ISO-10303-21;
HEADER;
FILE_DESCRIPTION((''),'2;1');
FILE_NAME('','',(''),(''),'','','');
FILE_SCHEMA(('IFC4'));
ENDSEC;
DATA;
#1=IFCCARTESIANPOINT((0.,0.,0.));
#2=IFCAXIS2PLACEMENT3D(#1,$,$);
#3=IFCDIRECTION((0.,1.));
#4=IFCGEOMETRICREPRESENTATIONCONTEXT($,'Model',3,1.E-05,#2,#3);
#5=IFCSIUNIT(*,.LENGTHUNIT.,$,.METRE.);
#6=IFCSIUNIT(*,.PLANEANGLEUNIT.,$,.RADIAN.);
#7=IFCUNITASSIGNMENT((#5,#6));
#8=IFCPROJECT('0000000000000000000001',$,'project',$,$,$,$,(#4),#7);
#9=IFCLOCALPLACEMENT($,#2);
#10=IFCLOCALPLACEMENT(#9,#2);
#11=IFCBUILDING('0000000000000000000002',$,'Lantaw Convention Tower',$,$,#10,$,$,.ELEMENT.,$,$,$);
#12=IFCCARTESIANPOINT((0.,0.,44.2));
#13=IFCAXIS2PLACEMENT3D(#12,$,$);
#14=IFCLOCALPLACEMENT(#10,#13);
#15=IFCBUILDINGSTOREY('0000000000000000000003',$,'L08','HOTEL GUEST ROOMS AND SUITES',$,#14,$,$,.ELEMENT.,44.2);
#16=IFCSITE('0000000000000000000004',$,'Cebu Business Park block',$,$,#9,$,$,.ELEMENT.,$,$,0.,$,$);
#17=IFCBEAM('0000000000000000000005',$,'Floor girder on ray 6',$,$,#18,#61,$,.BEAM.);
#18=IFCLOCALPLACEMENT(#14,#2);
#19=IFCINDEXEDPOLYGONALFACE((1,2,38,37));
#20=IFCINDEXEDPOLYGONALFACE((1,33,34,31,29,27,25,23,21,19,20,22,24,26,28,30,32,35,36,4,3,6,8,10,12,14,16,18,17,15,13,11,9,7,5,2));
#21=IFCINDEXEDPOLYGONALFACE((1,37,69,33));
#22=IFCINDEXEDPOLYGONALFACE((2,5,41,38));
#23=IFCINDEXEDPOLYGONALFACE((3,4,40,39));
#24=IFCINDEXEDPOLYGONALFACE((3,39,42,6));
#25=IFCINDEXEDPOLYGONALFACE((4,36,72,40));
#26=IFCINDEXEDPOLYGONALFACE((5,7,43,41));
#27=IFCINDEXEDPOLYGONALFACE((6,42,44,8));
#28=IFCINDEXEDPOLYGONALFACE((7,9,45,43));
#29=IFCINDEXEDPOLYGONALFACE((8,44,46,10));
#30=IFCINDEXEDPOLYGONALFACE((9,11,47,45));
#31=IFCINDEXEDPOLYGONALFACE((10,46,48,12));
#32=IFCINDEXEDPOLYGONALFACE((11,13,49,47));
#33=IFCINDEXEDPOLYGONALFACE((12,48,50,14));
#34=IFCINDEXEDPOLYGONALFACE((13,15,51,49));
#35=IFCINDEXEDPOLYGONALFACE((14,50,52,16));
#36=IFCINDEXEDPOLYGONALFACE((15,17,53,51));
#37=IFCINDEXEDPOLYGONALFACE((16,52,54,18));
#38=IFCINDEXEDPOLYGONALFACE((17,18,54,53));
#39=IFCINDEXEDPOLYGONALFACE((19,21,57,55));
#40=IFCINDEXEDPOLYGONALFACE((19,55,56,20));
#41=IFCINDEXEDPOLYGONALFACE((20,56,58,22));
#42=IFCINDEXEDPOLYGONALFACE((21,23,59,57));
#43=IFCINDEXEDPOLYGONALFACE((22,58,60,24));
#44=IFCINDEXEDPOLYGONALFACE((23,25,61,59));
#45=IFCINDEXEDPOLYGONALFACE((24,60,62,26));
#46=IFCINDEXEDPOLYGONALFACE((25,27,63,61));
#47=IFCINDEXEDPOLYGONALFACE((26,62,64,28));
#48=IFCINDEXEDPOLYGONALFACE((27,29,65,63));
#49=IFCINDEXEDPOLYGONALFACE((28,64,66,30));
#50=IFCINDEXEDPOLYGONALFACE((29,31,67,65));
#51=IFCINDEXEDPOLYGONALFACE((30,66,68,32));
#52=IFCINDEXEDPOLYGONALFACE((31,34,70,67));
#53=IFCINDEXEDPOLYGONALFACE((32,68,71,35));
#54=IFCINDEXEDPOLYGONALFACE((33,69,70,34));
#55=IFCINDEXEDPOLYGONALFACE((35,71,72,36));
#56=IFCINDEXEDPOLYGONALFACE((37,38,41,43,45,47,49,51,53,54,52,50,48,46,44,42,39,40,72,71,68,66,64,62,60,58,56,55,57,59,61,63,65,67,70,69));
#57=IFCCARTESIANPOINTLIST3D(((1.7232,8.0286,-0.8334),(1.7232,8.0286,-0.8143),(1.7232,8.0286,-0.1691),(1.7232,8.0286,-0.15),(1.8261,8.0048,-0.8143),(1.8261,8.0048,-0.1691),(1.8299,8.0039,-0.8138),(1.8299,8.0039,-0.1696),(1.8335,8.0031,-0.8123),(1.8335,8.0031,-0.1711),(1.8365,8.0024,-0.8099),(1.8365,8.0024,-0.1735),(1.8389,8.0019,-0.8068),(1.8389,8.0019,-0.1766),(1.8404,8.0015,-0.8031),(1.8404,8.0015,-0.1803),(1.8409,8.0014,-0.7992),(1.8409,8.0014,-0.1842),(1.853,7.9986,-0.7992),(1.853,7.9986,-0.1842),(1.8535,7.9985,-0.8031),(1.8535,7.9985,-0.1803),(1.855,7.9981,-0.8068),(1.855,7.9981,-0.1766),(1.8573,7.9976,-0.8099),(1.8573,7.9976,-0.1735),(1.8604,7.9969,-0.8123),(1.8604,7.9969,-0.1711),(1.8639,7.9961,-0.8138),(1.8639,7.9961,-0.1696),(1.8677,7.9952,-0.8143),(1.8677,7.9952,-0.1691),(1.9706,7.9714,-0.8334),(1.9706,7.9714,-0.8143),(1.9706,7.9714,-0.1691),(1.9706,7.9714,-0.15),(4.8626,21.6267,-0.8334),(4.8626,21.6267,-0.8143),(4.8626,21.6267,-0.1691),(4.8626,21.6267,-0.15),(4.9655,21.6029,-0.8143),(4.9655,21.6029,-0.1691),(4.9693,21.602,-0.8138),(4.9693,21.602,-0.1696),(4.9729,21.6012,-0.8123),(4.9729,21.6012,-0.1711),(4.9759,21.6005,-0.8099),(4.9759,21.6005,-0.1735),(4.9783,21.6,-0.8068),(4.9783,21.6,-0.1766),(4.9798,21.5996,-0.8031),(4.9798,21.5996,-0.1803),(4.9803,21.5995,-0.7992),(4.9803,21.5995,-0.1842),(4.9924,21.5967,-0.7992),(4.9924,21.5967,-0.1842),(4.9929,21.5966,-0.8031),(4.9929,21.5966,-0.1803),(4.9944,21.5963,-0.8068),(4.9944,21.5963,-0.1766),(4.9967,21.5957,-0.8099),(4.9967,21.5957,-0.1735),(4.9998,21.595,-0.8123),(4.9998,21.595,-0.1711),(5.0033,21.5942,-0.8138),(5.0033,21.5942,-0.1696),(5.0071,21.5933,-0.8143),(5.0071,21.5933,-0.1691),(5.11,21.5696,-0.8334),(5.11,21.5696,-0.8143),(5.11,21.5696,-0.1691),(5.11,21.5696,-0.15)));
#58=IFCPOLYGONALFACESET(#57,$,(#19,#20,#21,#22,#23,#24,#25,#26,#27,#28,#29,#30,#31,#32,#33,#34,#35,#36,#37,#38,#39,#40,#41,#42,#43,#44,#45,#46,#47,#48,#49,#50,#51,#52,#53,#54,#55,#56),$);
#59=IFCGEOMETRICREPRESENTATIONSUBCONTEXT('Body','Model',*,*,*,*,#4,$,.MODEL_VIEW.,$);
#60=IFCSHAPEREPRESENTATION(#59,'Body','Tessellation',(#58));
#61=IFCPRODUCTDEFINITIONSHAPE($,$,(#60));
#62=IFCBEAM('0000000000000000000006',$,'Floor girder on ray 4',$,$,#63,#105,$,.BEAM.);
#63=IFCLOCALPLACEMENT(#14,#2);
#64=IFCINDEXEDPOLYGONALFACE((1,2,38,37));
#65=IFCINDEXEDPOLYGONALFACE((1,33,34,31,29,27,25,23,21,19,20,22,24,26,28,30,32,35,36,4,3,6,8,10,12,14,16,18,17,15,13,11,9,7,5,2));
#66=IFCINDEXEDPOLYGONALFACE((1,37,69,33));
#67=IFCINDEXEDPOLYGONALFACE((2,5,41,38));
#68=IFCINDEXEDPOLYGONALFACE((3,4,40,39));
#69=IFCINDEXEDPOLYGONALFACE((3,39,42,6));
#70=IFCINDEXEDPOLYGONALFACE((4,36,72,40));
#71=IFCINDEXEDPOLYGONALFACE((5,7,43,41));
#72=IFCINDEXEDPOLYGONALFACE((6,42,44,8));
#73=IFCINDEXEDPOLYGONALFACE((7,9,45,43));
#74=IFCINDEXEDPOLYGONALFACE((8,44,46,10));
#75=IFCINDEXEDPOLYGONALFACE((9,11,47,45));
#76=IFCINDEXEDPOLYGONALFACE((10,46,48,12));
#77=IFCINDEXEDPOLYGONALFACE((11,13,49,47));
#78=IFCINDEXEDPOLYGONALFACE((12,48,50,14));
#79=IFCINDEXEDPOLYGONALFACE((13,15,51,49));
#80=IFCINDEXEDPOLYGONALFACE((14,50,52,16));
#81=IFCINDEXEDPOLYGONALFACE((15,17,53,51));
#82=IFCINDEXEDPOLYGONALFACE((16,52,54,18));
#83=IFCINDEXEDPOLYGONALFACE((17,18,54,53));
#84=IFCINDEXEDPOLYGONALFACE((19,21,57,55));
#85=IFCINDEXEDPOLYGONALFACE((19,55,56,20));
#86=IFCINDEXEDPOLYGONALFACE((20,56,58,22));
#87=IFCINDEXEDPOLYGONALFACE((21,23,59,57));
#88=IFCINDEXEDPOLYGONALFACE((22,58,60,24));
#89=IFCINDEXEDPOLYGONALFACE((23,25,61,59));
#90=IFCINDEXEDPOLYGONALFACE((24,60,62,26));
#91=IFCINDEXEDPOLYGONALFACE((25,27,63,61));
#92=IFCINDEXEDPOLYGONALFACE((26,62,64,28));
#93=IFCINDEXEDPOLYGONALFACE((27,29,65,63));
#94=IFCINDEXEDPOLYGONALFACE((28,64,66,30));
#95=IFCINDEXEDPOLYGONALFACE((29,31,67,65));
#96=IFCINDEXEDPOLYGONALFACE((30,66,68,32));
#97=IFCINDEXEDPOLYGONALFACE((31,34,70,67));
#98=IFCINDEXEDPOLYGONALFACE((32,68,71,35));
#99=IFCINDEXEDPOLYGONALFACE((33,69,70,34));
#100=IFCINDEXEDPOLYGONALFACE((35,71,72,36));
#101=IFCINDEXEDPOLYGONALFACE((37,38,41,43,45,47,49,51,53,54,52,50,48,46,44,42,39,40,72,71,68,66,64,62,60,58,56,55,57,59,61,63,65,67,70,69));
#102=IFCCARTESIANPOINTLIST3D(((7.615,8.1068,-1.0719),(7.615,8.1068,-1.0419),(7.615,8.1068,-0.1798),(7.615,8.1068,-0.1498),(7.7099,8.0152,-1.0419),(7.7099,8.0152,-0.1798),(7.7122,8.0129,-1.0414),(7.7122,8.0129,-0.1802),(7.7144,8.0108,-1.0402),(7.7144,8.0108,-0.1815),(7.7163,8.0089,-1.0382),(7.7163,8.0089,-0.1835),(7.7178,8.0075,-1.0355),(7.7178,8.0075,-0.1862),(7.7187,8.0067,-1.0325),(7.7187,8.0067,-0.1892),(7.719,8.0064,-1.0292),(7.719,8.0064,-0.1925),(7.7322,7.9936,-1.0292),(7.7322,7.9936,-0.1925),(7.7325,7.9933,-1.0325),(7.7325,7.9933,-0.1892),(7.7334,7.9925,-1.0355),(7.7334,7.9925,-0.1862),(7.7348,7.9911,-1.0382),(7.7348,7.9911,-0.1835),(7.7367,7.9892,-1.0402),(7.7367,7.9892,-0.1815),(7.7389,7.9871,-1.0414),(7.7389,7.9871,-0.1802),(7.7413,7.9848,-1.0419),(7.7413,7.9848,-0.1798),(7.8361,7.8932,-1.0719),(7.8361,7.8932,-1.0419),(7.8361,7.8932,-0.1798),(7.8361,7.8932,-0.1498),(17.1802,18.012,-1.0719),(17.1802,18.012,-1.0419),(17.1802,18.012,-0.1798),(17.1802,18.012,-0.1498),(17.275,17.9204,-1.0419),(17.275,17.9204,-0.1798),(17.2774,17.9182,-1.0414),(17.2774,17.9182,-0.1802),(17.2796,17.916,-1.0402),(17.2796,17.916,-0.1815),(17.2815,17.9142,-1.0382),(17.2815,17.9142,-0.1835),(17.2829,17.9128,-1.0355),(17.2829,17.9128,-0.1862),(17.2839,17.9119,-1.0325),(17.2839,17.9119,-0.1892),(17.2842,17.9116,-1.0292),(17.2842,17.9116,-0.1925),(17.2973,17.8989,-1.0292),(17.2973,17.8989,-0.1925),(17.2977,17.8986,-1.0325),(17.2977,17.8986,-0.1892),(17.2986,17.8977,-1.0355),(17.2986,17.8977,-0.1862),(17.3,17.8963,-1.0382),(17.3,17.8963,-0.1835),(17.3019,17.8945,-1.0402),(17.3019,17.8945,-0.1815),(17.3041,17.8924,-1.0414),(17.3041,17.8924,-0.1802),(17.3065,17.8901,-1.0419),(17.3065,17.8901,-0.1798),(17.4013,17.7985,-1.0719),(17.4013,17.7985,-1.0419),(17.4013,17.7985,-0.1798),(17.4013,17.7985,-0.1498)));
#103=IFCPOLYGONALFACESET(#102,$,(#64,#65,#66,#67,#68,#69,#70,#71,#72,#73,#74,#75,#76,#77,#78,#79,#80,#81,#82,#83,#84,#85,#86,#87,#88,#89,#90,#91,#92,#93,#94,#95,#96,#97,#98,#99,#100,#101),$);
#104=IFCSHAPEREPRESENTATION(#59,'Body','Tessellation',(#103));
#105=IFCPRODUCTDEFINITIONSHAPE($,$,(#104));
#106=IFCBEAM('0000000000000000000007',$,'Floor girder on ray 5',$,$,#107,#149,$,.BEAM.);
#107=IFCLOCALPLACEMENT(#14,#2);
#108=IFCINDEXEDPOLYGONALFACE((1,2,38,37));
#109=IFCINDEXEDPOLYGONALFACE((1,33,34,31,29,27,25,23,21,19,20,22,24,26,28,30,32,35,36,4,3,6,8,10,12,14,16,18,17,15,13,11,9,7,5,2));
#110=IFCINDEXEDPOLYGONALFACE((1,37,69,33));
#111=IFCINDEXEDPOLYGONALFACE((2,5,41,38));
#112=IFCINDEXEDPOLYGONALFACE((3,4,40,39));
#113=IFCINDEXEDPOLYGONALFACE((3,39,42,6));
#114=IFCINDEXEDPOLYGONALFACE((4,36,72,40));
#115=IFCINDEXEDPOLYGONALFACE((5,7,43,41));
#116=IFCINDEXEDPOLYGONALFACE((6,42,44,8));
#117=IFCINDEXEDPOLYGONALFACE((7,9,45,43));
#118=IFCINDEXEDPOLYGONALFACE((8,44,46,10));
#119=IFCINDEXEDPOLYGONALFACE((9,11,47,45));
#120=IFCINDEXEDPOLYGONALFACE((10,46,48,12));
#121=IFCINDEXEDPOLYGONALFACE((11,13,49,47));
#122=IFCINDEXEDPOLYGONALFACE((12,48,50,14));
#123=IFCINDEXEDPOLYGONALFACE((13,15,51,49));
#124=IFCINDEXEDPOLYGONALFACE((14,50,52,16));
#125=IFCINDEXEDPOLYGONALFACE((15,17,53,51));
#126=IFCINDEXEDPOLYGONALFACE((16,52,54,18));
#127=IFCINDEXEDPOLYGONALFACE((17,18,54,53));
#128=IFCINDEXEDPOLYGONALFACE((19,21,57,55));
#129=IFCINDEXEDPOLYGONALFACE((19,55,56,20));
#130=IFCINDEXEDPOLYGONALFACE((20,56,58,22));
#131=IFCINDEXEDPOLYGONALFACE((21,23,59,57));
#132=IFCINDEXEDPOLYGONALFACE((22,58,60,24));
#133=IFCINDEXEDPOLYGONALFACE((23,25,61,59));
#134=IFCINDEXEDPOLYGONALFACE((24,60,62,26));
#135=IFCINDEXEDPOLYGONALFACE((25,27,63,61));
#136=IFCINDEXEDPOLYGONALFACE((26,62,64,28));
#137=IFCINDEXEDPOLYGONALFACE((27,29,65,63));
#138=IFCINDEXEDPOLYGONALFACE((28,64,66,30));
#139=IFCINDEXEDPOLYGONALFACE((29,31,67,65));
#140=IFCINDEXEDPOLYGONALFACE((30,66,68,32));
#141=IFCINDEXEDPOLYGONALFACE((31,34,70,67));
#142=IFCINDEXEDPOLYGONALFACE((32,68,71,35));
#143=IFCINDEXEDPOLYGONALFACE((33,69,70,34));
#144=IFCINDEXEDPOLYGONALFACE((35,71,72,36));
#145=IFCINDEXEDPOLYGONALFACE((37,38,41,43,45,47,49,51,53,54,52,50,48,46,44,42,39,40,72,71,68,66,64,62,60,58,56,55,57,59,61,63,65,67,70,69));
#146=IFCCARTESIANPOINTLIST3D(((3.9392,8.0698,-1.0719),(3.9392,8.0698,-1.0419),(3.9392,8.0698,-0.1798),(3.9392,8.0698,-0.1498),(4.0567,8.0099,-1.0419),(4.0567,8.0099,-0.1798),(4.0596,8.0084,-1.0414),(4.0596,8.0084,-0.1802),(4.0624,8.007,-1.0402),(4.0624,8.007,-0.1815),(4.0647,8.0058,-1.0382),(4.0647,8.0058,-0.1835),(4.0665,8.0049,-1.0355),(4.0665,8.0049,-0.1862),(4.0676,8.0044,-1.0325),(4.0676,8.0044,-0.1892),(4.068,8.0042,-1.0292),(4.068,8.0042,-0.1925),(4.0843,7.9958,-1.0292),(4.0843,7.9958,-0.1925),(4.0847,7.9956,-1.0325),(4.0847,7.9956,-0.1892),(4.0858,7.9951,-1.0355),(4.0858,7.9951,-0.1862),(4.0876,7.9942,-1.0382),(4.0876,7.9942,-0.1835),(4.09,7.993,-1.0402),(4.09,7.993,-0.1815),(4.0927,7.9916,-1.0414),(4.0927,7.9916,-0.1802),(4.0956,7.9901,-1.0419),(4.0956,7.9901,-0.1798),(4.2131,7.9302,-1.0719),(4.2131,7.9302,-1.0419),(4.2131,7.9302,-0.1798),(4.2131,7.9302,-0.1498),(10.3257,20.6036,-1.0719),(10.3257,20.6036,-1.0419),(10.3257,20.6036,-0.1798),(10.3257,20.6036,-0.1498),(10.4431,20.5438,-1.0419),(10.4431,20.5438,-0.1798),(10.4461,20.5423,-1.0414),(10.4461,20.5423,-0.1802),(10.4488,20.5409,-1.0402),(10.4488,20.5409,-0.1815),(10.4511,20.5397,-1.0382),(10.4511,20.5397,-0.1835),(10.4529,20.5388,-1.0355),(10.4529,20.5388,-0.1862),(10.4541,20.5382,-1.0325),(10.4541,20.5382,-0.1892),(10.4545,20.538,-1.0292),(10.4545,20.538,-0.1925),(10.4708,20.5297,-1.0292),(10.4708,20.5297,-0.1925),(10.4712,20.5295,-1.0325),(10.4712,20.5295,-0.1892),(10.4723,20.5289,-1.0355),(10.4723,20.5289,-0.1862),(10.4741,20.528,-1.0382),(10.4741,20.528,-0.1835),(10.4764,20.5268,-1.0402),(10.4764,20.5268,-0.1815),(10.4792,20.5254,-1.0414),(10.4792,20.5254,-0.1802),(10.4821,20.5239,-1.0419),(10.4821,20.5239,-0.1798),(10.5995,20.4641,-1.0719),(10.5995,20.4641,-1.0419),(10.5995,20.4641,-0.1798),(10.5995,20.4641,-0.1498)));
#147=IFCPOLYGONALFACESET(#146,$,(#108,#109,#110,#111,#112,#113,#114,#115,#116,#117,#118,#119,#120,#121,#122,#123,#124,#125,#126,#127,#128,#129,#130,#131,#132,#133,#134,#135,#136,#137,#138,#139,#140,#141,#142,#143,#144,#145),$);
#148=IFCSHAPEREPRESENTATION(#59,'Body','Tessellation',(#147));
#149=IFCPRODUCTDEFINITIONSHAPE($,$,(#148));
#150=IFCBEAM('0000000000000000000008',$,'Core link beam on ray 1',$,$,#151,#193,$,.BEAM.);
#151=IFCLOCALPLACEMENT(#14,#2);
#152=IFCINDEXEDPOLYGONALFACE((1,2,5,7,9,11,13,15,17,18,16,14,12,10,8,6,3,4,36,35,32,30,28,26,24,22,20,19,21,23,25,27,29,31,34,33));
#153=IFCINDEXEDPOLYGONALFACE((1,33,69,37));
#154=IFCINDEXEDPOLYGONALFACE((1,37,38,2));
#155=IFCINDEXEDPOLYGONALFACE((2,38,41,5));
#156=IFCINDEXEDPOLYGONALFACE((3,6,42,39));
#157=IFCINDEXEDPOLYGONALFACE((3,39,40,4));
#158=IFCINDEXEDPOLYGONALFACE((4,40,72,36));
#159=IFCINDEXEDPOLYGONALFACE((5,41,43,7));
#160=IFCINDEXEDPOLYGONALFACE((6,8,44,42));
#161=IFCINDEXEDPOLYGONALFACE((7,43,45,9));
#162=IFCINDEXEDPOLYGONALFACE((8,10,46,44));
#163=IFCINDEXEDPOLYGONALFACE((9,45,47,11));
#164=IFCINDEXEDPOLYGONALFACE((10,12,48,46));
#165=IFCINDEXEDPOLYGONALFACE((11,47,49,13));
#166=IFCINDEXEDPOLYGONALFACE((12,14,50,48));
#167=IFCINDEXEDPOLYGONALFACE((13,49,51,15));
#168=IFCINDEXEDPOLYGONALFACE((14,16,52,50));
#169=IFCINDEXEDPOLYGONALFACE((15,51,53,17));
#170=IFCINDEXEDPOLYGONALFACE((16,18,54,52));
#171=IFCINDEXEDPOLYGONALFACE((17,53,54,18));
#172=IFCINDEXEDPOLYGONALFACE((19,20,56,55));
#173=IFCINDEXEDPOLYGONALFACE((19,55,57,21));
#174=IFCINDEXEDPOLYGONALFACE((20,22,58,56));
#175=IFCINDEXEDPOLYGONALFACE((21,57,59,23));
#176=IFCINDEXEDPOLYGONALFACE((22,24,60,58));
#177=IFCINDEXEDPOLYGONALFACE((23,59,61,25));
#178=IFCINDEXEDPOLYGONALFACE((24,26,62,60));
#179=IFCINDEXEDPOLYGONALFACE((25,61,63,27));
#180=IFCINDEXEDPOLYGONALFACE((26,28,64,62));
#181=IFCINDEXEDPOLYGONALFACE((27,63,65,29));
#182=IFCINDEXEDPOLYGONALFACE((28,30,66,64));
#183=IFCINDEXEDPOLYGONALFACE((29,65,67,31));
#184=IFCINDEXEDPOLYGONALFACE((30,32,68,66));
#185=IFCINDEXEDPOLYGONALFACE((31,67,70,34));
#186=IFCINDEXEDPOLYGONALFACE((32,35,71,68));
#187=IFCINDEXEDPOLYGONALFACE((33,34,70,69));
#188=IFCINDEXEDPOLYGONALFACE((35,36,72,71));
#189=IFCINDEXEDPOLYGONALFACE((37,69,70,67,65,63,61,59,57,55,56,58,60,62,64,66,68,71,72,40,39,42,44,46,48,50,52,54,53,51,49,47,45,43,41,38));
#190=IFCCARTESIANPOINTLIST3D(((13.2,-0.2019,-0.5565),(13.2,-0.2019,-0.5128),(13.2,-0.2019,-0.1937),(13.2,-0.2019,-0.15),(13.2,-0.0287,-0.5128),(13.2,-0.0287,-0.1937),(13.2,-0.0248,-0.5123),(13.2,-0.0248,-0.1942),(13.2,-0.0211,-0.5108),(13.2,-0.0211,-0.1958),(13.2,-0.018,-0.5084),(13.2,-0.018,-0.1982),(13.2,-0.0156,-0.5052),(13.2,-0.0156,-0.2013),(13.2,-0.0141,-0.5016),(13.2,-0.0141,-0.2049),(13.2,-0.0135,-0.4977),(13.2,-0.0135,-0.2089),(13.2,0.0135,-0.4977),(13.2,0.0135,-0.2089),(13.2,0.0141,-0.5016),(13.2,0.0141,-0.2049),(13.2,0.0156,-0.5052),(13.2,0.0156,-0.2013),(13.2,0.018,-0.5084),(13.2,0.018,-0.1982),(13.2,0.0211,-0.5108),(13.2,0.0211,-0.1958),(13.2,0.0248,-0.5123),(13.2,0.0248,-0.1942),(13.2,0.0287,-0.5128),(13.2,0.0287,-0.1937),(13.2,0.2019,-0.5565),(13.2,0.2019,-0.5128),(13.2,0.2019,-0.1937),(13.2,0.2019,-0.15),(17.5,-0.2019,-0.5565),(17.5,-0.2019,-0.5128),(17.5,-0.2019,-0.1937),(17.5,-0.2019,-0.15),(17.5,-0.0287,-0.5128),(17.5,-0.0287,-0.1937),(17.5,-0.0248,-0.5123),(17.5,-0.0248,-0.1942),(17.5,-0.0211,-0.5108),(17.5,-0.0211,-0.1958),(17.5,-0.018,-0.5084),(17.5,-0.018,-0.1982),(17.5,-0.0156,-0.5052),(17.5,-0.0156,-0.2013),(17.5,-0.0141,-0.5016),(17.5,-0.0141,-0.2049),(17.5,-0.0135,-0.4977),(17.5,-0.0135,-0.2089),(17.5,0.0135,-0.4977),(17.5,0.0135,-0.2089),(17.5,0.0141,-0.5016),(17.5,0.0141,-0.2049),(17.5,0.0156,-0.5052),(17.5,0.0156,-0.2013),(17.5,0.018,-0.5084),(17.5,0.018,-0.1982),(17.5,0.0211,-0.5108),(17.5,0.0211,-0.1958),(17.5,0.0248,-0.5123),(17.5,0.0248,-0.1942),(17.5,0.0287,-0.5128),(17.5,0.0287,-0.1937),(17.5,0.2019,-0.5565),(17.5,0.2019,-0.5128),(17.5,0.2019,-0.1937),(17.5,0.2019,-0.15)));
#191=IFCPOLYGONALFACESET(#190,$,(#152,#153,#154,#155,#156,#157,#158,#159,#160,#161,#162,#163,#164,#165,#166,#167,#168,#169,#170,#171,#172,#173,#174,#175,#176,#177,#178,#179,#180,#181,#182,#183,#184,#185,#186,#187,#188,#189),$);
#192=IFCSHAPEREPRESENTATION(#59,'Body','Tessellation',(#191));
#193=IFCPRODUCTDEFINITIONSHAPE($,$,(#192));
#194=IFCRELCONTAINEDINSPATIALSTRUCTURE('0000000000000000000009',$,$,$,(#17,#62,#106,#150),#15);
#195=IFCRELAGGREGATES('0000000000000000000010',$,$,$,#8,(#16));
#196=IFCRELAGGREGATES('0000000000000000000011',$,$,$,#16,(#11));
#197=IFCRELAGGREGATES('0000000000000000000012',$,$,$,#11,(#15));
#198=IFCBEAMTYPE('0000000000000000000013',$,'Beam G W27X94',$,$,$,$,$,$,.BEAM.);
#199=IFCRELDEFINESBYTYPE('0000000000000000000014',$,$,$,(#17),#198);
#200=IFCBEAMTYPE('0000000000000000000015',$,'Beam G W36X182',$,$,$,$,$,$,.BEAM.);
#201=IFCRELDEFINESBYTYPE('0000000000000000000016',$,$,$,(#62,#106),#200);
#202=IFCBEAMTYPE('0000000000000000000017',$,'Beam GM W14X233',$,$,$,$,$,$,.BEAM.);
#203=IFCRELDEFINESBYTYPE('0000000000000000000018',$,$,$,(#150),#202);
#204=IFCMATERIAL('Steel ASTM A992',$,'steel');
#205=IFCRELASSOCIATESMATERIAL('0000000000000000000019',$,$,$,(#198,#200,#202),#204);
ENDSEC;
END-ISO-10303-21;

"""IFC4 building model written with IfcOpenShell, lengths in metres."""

from ifc_helpers import new_model, si_unit, direction, frame, origin, origin_2d, place, context, subcontext, project, spatial, i_section, extrude, material, material_profile, profile_set, type_object, element, save


model = new_model("IFC4")

# Units and contexts
model_context = context("Model", 3, precision=1e-05, world=origin(), true_north=direction((0.0, 1.0)))
body_context = subcontext(model_context, "Body", "Model", "MODEL_VIEW")
ifc_project = project(units=[si_unit("LENGTHUNIT", "METRE"), si_unit("PLANEANGLEUNIT", "RADIAN")], contexts=[model_context])

# Site, building, storey
site_placement = place(None, origin())
site = spatial("IfcSite", under=ifc_project, at=site_placement, Name="Cebu Business Park block", CompositionType="ELEMENT", RefElevation=0.0)
building_placement = place(site_placement, origin())
building = spatial("IfcBuilding", under=site, at=building_placement, Name="Lantaw Convention Tower", CompositionType="ELEMENT")
storey_placement = place(building_placement, frame((0.0, 0.0, 44.2)))
storey = spatial("IfcBuildingStorey", under=building, at=storey_placement, Name="L08", Description="HOTEL GUEST ROOMS AND SUITES", CompositionType="ELEMENT", Elevation=44.2)

# Beams
ifc_material_1 = material(Name="Steel ASTM A992", Category="steel")
ifc_material_profile_1 = material_profile(ifc_material_1, i_section(OverallWidth=0.2539, OverallDepth=0.6833, WebThickness=0.0125, FlangeThickness=0.019, FilletRadius=0.0151, at=origin_2d()), Name="W27X94")
ifc_profile_set_1 = profile_set([ifc_material_profile_1], Name="Steel ASTM A992")
beam_type_1 = type_object("IfcBeamType", Name="Beam G W27X94", PredefinedType="BEAM", material=ifc_profile_set_1)
beam_1_placement = place(storey_placement, frame((1.8469, 8.0, -0.4917), z_axis=(0.224953, 0.97437, 0.0), x_axis=(-0.97437, 0.224953, 0.0)))
element("IfcBeam", 1, at=beam_1_placement, inside=storey, type_object=beam_type_1, Name="Floor girder on ray 6", PredefinedType="BEAM", context=body_context, shape_type="SweptSolid", body=[
    extrude(i_section(OverallWidth=0.2539, OverallDepth=0.6833, WebThickness=0.0125, FlangeThickness=0.019, FilletRadius=0.0151, at=origin_2d()), origin(), (0.0, 0.0, 1.0), 13.9558),
])
ifc_material_profile_2 = material_profile(ifc_material_1, i_section(OverallWidth=0.3074, OverallDepth=0.9221, WebThickness=0.0183, FlangeThickness=0.03, FilletRadius=0.0127, at=origin_2d()), Name="W36X182")
ifc_profile_set_2 = profile_set([ifc_material_profile_2], Name="Steel ASTM A992")
beam_type_2 = type_object("IfcBeamType", Name="Beam G W36X182", PredefinedType="BEAM", material=ifc_profile_set_2)
beam_2_placement = place(storey_placement, frame((7.7256, 8.0, -0.6108), z_axis=(0.69465, 0.719348, 0.0), x_axis=(-0.719348, 0.69465, 0.0)))
element("IfcBeam", 2, at=beam_2_placement, inside=storey, type_object=beam_type_2, Name="Floor girder on ray 4", PredefinedType="BEAM", context=body_context, shape_type="SweptSolid", body=[
    extrude(i_section(OverallWidth=0.3074, OverallDepth=0.9221, WebThickness=0.0183, FlangeThickness=0.03, FilletRadius=0.0127, at=origin_2d()), origin(), (0.0, 0.0, 1.0), 13.7698),
])
beam_3_placement = place(storey_placement, frame((4.0762, 8.0, -0.6108), z_axis=(0.453997, 0.891003, 0.0), x_axis=(-0.891003, 0.453997, 0.0)))
element("IfcBeam", 3, at=beam_3_placement, inside=storey, type_object=beam_type_2, Name="Floor girder on ray 5", PredefinedType="BEAM", context=body_context, shape_type="SweptSolid", body=[
    extrude(i_section(OverallWidth=0.3074, OverallDepth=0.9221, WebThickness=0.0183, FlangeThickness=0.03, FilletRadius=0.0127, at=origin_2d()), origin(), (0.0, 0.0, 1.0), 14.0671),
])
ifc_material_profile_3 = material_profile(ifc_material_1, i_section(OverallWidth=0.4038, OverallDepth=0.4065, WebThickness=0.0271, FlangeThickness=0.0437, FilletRadius=0.0151, at=origin_2d()), Name="W14X233")
ifc_profile_set_3 = profile_set([ifc_material_profile_3], Name="Steel ASTM A992")
beam_type_3 = type_object("IfcBeamType", Name="Beam GM W14X233", PredefinedType="BEAM", material=ifc_profile_set_3)
beam_4_placement = place(storey_placement, frame((13.2, 0.0, -0.3533), z_axis=(1.0, 0.0, 0.0), x_axis=(0.0, 1.0, 0.0)))
element("IfcBeam", 4, at=beam_4_placement, inside=storey, type_object=beam_type_3, Name="Core link beam on ray 1", PredefinedType="BEAM", context=body_context, shape_type="SweptSolid", body=[
    extrude(i_section(OverallWidth=0.4038, OverallDepth=0.4065, WebThickness=0.0271, FlangeThickness=0.0437, FilletRadius=0.0151, at=origin_2d()), origin(), (0.0, 0.0, 1.0), 4.3),
])

save(model, "model.ifc")
